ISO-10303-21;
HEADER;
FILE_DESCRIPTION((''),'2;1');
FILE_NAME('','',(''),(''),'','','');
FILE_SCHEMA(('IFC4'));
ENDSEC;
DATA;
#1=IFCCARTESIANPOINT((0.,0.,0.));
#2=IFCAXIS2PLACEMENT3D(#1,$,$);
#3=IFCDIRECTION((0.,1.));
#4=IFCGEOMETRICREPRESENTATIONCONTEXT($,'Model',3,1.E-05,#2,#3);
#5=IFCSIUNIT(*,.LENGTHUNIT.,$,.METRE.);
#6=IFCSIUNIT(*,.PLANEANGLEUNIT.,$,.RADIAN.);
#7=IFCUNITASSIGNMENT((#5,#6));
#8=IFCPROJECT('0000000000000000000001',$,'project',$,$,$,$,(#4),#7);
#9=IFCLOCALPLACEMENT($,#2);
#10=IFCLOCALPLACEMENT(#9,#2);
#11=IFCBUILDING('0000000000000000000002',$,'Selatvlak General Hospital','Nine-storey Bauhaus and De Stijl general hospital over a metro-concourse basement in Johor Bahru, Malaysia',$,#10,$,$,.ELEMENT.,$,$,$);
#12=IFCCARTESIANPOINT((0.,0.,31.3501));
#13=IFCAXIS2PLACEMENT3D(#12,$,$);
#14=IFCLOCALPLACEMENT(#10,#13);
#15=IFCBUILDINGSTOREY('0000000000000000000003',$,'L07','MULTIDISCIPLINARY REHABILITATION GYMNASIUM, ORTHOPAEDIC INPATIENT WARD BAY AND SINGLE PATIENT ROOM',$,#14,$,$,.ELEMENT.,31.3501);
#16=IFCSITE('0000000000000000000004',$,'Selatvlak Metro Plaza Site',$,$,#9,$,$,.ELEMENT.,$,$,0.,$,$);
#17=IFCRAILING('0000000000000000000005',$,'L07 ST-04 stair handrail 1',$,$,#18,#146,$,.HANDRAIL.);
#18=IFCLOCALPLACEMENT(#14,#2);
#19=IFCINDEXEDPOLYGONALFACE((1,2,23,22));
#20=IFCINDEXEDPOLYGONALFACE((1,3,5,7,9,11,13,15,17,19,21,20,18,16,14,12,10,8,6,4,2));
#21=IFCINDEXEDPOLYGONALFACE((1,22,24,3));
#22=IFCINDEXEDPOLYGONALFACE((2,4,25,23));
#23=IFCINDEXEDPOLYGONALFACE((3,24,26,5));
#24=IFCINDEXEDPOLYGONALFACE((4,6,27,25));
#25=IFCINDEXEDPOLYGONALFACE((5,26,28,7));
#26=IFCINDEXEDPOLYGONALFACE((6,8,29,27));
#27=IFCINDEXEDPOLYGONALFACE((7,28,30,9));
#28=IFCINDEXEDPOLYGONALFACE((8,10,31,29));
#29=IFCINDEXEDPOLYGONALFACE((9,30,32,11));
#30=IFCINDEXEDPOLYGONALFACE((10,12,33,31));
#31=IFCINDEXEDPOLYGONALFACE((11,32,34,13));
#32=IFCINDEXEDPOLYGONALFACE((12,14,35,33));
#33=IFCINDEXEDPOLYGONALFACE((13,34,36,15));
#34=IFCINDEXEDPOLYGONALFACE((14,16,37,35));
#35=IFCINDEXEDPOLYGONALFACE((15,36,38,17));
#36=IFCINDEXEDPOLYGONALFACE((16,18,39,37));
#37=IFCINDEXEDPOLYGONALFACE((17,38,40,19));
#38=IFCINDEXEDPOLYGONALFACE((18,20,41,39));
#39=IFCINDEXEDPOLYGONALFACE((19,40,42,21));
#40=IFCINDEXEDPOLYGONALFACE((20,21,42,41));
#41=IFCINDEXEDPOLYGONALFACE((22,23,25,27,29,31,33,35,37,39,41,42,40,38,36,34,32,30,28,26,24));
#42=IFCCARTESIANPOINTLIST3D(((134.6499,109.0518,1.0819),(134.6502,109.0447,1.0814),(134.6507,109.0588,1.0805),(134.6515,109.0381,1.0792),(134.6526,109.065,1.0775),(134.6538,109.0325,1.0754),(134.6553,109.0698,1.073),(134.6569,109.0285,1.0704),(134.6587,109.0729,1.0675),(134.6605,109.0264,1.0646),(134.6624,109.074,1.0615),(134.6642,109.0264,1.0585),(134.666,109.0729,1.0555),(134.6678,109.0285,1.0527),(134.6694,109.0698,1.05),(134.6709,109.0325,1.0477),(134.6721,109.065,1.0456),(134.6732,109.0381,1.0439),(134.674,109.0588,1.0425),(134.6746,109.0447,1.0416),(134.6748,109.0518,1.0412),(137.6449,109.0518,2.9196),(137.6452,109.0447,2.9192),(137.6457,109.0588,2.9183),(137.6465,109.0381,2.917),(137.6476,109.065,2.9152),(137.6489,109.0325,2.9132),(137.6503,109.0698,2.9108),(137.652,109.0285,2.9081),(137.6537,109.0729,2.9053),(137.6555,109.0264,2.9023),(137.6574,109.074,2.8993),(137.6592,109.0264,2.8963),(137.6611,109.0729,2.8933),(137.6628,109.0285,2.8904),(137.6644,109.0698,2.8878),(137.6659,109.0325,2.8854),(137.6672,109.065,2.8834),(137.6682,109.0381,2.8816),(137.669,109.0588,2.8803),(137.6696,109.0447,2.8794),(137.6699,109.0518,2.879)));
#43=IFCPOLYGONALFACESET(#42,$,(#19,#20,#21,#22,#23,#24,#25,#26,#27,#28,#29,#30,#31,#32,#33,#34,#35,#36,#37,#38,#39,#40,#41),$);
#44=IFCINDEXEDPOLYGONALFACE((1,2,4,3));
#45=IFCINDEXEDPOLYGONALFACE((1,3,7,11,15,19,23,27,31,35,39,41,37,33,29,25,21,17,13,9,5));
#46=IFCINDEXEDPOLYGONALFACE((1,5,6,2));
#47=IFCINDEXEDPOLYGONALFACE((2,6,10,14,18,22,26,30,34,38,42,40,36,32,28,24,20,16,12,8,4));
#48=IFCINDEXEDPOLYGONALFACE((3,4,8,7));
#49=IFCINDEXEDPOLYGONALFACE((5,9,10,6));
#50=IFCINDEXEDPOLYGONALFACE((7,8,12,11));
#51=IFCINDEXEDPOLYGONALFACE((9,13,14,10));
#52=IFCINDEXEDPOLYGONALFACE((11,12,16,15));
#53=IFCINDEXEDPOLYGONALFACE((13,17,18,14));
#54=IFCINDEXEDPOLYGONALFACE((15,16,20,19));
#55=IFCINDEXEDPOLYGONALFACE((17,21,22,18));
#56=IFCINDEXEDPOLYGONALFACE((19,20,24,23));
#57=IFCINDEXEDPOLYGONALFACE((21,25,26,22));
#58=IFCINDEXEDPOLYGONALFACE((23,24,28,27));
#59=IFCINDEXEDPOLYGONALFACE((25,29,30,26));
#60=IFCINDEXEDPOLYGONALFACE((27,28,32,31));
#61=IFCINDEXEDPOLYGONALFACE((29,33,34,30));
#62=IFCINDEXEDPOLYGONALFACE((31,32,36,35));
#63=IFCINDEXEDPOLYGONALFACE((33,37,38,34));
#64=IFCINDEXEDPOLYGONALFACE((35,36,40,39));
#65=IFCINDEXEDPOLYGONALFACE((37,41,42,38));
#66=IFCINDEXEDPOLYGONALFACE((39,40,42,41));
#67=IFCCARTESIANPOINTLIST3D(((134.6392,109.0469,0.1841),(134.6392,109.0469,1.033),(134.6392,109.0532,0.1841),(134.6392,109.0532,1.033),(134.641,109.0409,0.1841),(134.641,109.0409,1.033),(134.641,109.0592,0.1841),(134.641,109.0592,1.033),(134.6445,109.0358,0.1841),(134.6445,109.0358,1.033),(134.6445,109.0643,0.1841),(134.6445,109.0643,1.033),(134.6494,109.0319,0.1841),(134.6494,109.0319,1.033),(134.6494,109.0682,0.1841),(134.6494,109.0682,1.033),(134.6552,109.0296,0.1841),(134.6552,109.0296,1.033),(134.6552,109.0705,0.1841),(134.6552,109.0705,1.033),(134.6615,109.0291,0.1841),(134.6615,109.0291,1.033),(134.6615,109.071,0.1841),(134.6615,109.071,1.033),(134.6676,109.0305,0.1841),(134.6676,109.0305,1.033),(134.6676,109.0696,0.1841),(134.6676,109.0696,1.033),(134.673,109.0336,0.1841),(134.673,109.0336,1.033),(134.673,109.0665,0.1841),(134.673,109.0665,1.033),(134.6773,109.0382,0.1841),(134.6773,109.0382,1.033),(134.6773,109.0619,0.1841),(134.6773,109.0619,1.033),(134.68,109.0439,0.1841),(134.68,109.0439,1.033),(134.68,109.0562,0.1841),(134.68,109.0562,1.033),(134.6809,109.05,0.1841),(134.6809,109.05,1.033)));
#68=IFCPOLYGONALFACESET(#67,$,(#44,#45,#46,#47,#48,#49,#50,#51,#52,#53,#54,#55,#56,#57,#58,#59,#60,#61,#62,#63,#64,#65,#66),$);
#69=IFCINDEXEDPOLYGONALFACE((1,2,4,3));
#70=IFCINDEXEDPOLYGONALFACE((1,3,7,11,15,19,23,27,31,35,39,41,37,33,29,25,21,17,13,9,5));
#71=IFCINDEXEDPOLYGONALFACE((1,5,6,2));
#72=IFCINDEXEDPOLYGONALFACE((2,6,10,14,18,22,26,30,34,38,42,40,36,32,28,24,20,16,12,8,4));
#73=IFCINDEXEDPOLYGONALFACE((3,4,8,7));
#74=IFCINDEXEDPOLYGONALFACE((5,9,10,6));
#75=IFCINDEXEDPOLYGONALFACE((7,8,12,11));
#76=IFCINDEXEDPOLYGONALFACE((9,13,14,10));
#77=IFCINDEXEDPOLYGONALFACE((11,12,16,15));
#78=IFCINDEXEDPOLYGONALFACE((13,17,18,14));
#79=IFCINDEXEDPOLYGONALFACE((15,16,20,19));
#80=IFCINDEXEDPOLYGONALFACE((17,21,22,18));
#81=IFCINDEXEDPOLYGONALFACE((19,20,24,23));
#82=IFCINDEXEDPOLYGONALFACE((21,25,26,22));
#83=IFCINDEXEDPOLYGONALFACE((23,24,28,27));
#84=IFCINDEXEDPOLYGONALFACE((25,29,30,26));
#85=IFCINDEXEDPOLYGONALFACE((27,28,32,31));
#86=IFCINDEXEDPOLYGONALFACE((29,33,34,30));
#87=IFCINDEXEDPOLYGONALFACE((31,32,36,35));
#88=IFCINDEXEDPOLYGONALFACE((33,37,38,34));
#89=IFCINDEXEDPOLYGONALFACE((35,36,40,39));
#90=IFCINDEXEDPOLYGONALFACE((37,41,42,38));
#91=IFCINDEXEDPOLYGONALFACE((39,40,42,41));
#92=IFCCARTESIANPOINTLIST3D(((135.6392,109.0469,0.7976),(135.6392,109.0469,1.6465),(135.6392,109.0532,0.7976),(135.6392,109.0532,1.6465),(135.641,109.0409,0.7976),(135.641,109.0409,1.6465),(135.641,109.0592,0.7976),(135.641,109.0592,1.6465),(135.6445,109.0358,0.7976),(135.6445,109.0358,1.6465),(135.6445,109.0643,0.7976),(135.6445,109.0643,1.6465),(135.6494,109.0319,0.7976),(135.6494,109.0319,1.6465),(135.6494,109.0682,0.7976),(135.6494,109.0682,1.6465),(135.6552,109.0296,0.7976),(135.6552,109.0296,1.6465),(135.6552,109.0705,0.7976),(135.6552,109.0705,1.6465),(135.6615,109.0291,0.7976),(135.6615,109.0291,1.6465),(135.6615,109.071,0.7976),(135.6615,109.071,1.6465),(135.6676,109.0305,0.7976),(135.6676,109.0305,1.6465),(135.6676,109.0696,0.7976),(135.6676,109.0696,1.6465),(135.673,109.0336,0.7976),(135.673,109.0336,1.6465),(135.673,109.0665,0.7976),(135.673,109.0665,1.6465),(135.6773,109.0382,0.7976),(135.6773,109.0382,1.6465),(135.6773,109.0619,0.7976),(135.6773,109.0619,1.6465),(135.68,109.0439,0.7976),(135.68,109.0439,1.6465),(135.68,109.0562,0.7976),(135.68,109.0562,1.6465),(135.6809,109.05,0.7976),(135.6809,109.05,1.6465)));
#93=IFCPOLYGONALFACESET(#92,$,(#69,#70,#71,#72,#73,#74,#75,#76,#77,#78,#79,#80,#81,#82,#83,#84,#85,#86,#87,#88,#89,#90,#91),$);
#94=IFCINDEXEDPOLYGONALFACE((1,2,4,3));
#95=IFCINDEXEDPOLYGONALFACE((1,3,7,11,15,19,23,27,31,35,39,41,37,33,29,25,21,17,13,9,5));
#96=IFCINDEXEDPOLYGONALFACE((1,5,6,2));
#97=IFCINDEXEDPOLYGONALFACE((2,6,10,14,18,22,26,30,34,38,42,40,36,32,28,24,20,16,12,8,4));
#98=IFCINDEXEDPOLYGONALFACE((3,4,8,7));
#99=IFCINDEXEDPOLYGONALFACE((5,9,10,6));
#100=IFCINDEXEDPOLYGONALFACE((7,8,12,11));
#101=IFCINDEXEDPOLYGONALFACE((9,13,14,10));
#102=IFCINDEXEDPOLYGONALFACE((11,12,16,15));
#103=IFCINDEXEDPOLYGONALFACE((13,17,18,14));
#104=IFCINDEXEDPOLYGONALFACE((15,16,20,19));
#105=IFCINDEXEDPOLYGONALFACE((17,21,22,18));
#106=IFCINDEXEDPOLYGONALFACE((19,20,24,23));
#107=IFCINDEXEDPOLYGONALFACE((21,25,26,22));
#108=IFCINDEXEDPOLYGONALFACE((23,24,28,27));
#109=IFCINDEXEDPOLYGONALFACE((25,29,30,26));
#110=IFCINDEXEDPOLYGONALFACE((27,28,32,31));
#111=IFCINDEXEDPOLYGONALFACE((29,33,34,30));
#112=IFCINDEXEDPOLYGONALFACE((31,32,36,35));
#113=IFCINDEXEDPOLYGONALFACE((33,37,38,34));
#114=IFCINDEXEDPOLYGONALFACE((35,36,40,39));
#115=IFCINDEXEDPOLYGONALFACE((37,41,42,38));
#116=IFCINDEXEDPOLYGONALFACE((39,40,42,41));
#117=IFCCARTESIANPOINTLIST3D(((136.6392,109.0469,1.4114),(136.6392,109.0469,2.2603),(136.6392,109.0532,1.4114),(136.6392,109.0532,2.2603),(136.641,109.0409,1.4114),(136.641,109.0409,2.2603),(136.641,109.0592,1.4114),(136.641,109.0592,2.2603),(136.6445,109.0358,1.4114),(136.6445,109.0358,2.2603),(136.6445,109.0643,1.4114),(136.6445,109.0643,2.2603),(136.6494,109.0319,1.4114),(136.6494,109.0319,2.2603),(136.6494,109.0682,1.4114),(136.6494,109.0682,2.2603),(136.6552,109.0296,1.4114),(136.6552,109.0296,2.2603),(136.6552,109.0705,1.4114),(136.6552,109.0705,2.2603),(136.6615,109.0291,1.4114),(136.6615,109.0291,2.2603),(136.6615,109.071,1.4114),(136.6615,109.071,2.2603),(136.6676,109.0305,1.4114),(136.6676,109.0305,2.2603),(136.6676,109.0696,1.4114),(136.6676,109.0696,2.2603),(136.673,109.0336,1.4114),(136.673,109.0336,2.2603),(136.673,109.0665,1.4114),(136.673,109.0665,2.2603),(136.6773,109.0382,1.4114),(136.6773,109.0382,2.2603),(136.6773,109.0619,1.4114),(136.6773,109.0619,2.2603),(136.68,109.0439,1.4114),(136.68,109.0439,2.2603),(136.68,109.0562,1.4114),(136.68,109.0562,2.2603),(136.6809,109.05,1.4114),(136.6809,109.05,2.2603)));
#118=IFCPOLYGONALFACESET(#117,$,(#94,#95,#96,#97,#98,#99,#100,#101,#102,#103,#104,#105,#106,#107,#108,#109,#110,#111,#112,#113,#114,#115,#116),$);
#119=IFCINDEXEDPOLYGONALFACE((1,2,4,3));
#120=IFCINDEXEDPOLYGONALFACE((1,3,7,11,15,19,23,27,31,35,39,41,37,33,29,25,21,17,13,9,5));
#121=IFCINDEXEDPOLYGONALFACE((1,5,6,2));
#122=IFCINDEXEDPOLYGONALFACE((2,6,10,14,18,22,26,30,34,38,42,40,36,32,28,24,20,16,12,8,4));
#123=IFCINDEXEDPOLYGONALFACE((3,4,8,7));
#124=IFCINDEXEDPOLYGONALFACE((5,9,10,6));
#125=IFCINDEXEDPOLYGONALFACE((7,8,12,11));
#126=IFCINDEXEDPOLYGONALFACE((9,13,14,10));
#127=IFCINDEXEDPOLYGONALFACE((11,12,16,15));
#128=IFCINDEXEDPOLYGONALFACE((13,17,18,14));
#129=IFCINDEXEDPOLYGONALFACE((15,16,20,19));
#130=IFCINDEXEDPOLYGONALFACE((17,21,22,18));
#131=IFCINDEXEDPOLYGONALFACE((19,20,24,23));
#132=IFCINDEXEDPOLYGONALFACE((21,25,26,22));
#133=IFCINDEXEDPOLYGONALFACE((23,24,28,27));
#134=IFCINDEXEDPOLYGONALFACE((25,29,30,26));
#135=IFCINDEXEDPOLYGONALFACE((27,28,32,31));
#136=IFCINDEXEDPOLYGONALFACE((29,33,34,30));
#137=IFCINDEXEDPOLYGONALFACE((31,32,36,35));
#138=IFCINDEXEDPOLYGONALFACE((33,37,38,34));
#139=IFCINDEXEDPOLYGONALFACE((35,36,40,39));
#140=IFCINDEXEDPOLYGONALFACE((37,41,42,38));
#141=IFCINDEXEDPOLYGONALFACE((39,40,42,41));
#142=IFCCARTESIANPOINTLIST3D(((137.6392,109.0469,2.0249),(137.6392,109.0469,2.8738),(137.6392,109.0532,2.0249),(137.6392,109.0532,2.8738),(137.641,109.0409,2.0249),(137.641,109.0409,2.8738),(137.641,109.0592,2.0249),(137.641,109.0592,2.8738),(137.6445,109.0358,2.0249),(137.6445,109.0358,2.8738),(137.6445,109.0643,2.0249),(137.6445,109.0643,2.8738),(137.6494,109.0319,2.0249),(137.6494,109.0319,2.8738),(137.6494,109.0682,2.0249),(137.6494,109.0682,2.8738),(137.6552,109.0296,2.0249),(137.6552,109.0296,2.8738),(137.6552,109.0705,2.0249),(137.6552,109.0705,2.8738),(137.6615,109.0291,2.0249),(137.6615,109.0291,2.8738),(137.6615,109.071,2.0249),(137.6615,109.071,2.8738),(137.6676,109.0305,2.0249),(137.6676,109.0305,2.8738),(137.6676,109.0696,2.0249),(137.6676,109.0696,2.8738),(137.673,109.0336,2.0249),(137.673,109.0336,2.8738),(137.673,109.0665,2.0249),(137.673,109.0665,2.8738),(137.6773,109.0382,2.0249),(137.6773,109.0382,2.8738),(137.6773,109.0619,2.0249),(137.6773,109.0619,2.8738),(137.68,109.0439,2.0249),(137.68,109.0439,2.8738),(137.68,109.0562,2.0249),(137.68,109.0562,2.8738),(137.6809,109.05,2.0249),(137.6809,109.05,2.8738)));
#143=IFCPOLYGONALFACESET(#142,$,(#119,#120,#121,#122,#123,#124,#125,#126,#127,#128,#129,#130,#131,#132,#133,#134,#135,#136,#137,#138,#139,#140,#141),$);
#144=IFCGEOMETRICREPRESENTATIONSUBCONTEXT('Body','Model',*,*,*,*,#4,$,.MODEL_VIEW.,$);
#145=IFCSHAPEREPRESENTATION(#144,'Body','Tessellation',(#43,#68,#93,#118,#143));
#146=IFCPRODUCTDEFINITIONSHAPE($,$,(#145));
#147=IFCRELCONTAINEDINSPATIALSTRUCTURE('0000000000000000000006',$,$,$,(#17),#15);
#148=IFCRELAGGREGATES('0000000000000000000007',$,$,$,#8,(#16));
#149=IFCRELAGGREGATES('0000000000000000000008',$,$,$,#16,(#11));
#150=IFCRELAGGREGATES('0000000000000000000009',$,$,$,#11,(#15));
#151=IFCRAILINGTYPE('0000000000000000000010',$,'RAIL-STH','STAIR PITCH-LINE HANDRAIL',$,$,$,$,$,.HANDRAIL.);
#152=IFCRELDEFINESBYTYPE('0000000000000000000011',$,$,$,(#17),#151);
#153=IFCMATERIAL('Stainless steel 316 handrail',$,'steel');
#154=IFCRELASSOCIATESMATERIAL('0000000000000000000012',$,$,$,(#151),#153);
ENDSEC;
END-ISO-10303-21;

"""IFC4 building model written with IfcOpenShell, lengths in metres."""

from ifc_helpers import new_model, si_unit, direction, frame, origin, origin_2d, place, context, subcontext, project, spatial, circle, extrude, material, type_object, element, save


model = new_model("IFC4")

# Units and contexts
model_context = context("Model", 3, precision=1e-05, world=origin(), true_north=direction((0.0, 1.0)))
body_context = subcontext(model_context, "Body", "Model", "MODEL_VIEW")
ifc_project = project(units=[si_unit("LENGTHUNIT", "METRE"), si_unit("PLANEANGLEUNIT", "RADIAN")], contexts=[model_context])

# Site, building, storey
site_placement = place(None, origin())
site = spatial("IfcSite", under=ifc_project, at=site_placement, Name="Selatvlak Metro Plaza Site", CompositionType="ELEMENT", RefElevation=0.0)
building_placement = place(site_placement, origin())
building = spatial("IfcBuilding", under=site, at=building_placement, Name="Selatvlak General Hospital", Description="Nine-storey Bauhaus and De Stijl general hospital over a metro-concourse basement in Johor Bahru, Malaysia", CompositionType="ELEMENT")
storey_placement = place(building_placement, frame((0.0, 0.0, 31.3501)))
storey = spatial("IfcBuildingStorey", under=building, at=storey_placement, Name="L07", Description="MULTIDISCIPLINARY REHABILITATION GYMNASIUM, ORTHOPAEDIC INPATIENT WARD BAY AND SINGLE PATIENT ROOM", CompositionType="ELEMENT", Elevation=31.3501)

# Railing
ifc_material_1 = material(Name="Stainless steel 316 handrail", Category="steel")
railing_type_1 = type_object("IfcRailingType", Name="RAIL-STH", Description="STAIR PITCH-LINE HANDRAIL", PredefinedType="HANDRAIL", material=ifc_material_1)
railing_1_placement = place(storey_placement, frame((134.6599, 109.05, 0.1841)))
element("IfcRailing", 1, at=railing_1_placement, inside=storey, type_object=railing_type_1, Name="L07 ST-04 stair handrail 1", PredefinedType="HANDRAIL", context=body_context, shape_type="SweptSolid", body=[
    extrude(circle(Radius=0.0239, at=origin_2d()), frame((0.0024, 0.0, 0.8774), z_axis=(0.852334, 0.0, 0.522998), x_axis=(0.0, 1.0, 0.0)), (0.0, 0.0, 1.0), 3.5139),
    extrude(circle(Radius=0.021, at=origin_2d()), origin(), (0.0, 0.0, 1.0), 0.8489),
    extrude(circle(Radius=0.021, at=origin_2d()), frame((1.0, 0.0, 0.6135)), (0.0, 0.0, 1.0), 0.8489),
    extrude(circle(Radius=0.021, at=origin_2d()), frame((2.0, 0.0, 1.2273)), (0.0, 0.0, 1.0), 0.8489),
    extrude(circle(Radius=0.021, at=origin_2d()), frame((3.0, 0.0, 1.8408)), (0.0, 0.0, 1.0), 0.8489),
])

save(model, "model.ifc")
